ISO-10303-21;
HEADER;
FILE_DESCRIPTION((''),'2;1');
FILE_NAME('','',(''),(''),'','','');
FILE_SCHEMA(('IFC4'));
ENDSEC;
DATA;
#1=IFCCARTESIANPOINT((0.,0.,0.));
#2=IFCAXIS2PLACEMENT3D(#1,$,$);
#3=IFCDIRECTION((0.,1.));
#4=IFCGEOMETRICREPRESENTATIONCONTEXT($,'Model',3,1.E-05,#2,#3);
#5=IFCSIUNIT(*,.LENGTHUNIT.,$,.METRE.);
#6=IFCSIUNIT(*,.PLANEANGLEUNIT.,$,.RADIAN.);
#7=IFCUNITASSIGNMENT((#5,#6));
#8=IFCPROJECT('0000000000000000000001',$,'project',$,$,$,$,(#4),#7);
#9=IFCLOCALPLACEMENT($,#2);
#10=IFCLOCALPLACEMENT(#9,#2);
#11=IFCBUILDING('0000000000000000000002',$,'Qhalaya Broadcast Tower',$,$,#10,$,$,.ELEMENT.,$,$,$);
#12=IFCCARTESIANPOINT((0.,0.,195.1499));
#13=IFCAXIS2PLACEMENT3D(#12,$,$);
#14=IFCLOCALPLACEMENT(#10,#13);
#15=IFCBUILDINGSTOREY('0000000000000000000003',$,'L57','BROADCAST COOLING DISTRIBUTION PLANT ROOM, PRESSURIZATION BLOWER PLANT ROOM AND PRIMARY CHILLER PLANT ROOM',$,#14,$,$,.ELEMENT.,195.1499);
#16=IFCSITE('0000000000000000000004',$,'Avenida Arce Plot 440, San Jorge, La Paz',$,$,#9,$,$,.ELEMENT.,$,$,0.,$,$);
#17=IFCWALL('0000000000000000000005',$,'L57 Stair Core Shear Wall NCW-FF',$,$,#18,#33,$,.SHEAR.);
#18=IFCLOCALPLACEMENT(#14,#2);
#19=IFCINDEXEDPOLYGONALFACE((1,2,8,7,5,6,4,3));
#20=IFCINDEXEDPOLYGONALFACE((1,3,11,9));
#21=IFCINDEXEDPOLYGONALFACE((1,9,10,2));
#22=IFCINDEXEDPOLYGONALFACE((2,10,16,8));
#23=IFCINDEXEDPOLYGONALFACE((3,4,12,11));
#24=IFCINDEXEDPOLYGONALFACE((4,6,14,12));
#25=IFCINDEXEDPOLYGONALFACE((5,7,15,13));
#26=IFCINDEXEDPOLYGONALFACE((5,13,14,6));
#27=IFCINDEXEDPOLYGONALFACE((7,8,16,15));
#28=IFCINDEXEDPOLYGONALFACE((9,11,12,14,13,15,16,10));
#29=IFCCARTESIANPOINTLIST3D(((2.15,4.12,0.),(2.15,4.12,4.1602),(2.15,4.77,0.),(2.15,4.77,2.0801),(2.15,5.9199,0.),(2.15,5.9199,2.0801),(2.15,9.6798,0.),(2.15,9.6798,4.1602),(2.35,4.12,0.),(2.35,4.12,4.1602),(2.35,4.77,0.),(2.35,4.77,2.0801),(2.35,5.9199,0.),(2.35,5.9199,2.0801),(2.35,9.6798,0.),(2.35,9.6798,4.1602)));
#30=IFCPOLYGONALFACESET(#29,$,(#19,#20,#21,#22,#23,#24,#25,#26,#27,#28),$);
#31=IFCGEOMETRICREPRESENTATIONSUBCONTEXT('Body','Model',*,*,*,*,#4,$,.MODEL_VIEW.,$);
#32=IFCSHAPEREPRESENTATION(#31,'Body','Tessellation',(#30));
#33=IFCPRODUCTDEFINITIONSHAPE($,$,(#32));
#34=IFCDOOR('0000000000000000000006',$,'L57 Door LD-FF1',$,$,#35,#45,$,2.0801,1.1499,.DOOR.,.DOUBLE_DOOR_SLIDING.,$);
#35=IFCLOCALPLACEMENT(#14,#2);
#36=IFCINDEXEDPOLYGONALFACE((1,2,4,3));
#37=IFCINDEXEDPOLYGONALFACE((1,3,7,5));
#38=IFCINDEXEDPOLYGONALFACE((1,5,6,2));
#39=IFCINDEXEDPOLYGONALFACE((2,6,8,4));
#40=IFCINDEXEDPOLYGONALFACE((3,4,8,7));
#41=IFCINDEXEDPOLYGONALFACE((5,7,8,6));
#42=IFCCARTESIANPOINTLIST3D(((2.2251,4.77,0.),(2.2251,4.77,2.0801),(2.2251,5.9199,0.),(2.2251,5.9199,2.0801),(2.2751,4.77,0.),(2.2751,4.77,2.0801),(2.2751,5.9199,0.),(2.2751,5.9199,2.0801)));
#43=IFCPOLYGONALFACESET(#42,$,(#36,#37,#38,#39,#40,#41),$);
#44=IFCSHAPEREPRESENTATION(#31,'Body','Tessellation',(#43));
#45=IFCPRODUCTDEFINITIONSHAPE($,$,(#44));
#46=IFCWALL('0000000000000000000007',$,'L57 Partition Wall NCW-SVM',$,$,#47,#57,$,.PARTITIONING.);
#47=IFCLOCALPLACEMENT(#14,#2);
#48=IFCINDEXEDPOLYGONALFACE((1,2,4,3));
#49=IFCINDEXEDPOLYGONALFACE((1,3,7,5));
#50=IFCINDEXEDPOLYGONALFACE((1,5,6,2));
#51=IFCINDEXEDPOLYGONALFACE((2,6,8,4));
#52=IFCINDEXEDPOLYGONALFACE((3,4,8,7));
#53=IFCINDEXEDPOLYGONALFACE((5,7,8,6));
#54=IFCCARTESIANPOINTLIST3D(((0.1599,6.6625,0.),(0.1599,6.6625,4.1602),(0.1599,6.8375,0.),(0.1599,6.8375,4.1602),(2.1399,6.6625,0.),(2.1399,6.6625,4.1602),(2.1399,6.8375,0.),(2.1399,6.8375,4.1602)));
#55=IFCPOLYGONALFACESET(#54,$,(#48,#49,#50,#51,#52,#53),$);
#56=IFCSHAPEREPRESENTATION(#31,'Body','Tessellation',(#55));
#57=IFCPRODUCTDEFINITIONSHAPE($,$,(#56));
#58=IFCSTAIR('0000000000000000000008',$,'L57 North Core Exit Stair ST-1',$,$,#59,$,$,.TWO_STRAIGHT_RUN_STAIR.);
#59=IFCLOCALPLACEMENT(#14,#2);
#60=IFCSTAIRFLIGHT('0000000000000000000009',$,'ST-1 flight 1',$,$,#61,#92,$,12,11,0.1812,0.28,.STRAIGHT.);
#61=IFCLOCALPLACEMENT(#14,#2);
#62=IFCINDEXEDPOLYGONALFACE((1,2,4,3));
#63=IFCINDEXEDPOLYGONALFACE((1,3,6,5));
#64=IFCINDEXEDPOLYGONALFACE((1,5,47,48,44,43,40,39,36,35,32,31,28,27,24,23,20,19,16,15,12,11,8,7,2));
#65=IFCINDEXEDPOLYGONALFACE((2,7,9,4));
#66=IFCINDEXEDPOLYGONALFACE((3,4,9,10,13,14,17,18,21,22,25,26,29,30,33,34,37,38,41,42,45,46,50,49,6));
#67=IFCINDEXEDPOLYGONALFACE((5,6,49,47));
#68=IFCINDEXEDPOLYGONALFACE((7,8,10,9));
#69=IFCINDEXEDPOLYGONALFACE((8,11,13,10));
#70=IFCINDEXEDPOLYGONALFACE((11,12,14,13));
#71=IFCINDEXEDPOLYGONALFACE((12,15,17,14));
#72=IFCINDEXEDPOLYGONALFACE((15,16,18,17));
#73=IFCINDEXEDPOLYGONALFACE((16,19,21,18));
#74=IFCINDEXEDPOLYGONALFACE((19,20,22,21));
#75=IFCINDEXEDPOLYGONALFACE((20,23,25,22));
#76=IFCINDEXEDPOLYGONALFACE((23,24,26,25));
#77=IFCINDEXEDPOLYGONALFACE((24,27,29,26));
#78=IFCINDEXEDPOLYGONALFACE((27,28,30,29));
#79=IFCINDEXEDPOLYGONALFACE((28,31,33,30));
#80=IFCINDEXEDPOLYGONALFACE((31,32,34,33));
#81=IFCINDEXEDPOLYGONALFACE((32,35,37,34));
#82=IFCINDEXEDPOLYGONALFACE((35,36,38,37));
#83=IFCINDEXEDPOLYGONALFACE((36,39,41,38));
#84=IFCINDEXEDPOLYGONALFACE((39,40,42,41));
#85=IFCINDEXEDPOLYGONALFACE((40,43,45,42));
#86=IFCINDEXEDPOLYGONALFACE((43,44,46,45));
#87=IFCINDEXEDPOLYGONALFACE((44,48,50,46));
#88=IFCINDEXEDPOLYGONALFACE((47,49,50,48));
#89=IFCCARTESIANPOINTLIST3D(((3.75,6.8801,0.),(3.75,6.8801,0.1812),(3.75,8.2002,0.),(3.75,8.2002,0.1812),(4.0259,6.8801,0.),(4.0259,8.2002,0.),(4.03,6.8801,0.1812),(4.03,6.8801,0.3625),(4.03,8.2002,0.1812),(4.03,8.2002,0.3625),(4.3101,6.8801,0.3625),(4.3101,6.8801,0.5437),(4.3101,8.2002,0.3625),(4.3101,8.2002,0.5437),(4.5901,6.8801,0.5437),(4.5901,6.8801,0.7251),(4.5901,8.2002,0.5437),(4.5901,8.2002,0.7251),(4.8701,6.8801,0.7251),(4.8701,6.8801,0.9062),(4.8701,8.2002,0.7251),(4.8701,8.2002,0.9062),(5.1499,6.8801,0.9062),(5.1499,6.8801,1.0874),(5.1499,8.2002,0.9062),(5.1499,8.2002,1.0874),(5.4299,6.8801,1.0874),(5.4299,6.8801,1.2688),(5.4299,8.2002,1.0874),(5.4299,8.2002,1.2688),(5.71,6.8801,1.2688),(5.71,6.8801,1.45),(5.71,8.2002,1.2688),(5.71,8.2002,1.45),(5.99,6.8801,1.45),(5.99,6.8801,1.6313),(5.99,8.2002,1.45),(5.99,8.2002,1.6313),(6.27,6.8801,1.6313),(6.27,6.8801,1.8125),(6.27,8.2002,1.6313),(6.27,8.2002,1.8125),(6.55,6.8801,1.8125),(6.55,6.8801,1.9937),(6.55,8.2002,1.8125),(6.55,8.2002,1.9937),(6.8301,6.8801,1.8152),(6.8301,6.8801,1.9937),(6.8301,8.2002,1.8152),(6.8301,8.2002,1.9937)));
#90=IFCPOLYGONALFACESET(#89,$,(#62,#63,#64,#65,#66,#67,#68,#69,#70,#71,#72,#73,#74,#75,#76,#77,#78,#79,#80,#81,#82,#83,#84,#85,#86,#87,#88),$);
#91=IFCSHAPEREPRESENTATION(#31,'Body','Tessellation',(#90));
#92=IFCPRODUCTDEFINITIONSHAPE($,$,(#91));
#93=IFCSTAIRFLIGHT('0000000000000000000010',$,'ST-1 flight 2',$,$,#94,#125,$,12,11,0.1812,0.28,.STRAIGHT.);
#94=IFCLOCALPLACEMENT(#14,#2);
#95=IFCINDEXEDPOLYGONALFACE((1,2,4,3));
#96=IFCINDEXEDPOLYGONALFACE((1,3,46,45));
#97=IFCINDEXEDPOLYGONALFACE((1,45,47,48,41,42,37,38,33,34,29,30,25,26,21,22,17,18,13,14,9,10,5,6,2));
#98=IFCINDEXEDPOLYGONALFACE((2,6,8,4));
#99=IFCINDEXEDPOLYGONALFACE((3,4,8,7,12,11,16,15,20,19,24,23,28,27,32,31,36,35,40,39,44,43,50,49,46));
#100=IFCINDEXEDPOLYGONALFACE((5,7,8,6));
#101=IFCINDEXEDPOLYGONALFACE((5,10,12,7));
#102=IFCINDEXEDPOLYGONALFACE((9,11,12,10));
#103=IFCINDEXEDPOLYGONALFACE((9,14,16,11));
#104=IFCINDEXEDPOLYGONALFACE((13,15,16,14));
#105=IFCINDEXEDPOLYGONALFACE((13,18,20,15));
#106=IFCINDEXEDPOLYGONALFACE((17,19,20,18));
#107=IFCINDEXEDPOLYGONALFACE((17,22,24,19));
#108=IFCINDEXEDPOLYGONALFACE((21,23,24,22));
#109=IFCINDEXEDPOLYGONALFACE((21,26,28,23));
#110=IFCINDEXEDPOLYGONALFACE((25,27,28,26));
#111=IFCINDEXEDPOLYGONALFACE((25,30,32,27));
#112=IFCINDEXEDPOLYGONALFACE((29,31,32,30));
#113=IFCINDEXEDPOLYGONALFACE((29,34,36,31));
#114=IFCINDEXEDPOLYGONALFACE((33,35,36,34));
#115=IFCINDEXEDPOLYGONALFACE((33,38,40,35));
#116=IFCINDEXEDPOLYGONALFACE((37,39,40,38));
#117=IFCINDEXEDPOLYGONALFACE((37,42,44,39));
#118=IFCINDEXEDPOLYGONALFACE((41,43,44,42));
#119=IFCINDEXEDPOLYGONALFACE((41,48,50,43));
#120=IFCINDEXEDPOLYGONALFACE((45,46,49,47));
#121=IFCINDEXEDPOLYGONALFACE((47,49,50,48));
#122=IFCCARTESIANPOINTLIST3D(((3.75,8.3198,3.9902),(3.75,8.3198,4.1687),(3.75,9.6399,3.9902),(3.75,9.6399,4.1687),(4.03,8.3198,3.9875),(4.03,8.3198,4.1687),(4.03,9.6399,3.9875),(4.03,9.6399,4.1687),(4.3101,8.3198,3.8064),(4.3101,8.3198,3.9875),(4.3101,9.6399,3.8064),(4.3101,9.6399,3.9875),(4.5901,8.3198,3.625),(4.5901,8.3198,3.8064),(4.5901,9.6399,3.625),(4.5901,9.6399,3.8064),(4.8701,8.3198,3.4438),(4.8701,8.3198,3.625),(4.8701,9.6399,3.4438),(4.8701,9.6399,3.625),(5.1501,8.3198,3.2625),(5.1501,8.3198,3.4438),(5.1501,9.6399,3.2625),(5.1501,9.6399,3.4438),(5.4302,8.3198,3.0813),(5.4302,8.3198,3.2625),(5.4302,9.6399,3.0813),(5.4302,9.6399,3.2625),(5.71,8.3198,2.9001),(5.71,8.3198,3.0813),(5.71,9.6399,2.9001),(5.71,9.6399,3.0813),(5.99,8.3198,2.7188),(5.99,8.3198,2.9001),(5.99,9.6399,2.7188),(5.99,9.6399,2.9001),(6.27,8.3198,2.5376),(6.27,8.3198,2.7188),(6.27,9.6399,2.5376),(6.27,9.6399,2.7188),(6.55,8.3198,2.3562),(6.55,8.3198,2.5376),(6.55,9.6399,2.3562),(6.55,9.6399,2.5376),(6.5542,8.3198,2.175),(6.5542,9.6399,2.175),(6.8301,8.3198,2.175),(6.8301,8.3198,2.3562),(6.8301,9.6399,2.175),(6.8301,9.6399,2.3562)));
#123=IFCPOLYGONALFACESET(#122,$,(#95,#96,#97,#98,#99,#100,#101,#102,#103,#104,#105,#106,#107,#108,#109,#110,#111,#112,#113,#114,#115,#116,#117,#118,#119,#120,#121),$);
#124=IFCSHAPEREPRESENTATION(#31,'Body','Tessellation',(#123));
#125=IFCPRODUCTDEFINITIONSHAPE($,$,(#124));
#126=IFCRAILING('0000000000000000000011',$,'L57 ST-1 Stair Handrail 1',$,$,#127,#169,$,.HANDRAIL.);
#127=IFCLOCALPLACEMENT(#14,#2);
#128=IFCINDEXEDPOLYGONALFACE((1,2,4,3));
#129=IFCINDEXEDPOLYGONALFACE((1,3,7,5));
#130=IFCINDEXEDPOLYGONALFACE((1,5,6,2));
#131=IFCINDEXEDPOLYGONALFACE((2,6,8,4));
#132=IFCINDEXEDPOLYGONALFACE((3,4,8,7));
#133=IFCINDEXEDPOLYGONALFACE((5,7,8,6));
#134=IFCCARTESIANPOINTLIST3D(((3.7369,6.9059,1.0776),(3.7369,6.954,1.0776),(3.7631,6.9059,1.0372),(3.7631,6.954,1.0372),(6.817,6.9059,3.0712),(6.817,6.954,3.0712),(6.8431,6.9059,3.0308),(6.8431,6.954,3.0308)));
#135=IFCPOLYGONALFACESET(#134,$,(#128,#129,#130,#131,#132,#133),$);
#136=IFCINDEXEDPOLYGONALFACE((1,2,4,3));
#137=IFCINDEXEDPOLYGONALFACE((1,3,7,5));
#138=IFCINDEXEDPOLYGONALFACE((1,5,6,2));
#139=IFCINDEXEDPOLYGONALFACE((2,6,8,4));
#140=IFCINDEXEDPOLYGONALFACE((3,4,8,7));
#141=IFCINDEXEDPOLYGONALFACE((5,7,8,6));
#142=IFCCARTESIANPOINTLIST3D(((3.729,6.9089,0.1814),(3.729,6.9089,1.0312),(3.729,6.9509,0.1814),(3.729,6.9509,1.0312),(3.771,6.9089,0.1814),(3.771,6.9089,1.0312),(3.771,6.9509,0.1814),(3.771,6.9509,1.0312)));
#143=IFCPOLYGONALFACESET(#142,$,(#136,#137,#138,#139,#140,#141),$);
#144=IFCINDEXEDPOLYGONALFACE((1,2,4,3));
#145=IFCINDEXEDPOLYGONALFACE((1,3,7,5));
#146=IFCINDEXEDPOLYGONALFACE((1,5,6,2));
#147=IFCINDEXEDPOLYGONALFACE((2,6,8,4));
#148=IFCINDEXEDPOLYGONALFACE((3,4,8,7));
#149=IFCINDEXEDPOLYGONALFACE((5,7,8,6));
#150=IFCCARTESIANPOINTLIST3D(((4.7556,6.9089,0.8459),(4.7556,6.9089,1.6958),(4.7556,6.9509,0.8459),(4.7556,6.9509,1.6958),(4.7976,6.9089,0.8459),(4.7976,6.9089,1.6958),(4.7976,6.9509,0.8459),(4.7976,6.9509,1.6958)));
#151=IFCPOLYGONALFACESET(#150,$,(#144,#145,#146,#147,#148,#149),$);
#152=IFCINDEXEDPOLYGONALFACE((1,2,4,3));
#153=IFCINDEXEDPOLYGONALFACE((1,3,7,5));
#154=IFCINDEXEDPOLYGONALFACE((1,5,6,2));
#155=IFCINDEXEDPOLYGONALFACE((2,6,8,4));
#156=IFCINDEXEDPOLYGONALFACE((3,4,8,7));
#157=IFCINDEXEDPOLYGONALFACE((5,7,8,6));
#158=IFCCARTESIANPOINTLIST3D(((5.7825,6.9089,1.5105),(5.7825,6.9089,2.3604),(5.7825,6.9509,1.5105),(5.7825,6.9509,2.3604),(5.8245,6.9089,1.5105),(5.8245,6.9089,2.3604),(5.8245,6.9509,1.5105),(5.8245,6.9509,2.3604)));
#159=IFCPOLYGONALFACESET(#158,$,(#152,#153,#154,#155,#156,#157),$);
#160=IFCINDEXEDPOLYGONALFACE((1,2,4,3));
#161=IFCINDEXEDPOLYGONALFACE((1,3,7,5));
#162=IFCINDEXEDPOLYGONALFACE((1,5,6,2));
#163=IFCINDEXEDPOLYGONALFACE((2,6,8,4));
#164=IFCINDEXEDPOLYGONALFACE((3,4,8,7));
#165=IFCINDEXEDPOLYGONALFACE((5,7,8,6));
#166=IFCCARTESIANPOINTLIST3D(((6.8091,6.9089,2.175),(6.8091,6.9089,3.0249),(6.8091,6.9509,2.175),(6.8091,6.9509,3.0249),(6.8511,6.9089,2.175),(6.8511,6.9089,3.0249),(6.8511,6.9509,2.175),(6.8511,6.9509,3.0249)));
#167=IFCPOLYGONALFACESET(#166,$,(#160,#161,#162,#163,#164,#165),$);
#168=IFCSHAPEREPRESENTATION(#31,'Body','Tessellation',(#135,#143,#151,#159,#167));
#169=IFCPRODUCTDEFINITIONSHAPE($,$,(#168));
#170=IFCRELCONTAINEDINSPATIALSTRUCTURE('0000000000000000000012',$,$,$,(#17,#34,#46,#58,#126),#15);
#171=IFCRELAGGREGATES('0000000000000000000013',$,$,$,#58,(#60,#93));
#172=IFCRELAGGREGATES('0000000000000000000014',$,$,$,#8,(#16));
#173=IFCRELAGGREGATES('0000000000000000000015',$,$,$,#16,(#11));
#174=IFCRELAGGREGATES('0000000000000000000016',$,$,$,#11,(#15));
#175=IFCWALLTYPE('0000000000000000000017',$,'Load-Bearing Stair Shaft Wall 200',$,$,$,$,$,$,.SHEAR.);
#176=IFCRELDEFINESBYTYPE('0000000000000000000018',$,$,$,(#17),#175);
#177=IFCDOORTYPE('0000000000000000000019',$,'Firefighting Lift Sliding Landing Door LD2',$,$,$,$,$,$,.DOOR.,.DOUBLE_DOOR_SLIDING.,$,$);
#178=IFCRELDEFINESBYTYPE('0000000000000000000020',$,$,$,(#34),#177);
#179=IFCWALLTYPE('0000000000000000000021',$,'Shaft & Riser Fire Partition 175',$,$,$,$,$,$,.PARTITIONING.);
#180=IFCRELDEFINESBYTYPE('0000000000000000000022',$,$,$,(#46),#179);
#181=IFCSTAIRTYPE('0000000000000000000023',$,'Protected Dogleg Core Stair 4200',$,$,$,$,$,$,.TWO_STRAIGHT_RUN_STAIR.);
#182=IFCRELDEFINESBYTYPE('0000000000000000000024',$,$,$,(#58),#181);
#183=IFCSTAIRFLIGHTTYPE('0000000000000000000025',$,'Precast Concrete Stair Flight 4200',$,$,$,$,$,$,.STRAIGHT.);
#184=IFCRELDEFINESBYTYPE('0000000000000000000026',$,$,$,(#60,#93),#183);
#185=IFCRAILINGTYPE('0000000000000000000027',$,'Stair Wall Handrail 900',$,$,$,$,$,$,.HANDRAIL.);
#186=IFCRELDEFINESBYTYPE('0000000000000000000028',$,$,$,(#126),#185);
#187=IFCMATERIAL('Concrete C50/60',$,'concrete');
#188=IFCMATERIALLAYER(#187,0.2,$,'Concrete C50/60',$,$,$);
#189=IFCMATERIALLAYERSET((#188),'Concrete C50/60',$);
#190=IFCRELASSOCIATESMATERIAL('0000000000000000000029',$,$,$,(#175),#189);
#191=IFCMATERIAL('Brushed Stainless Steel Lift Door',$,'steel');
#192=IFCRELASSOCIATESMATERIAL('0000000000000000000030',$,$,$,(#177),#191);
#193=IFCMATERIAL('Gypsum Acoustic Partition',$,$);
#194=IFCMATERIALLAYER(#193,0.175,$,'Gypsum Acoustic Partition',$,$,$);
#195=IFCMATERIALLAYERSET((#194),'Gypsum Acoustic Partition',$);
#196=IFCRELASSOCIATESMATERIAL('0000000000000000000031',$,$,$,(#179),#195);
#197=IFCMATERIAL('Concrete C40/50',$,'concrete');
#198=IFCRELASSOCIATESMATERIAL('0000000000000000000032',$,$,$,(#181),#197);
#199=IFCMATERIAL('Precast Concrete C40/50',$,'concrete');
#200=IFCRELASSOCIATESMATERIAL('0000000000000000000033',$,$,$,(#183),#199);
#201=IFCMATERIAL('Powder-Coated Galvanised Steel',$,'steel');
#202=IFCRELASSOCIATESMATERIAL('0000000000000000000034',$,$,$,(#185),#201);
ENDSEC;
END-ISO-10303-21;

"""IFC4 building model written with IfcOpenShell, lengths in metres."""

from ifc_helpers import new_model, si_unit, direction, frame, frame_2d, origin, origin_2d, place, context, subcontext, project, spatial, polyline, rectangle, outline, extrude, material, layer, layer_set, type_object, element, fill, aggregate, save


model = new_model("IFC4")

# Units and contexts
model_context = context("Model", 3, precision=1e-05, world=origin(), true_north=direction((0.0, 1.0)))
body_context = subcontext(model_context, "Body", "Model", "MODEL_VIEW")
ifc_project = project(units=[si_unit("LENGTHUNIT", "METRE"), si_unit("PLANEANGLEUNIT", "RADIAN")], contexts=[model_context])

# Site, building, storey
site_placement = place(None, origin())
site = spatial("IfcSite", under=ifc_project, at=site_placement, Name="Avenida Arce Plot 440, San Jorge, La Paz", CompositionType="ELEMENT", RefElevation=0.0)
building_placement = place(site_placement, origin())
building = spatial("IfcBuilding", under=site, at=building_placement, Name="Qhalaya Broadcast Tower", CompositionType="ELEMENT")
storey_placement = place(building_placement, frame((0.0, 0.0, 195.1499)))
storey = spatial("IfcBuildingStorey", under=building, at=storey_placement, Name="L57", Description="BROADCAST COOLING DISTRIBUTION PLANT ROOM, PRESSURIZATION BLOWER PLANT ROOM AND PRIMARY CHILLER PLANT ROOM", CompositionType="ELEMENT", Elevation=195.1499)

# Shared definitions
ifc_material_1 = material(Name="Concrete C50/60", Category="concrete")

# Wall, opening, door
ifc_layer_1 = layer(ifc_material_1, 0.2, Name="Concrete C50/60")
ifc_layer_set_1 = layer_set([ifc_layer_1], Name="Concrete C50/60")
wall_type_1 = type_object("IfcWallType", Name="Load-Bearing Stair Shaft Wall 200", PredefinedType="SHEAR", material=ifc_layer_set_1)
wall_1_placement = place(storey_placement, frame((2.25, 4.1201, 0.0), z_axis=(0.0, 0.0, 1.0), x_axis=(0.0, 1.0, 0.0)))
wall_1 = element("IfcWall", 1, at=wall_1_placement, inside=storey, type_object=wall_type_1, Name="L57 Stair Core Shear Wall NCW-FF", PredefinedType="SHEAR", context=body_context, shape_type="SweptSolid", body=[
    extrude(rectangle(XDim=5.5598, YDim=0.2, at=frame_2d((2.7798, 0.0))), origin(), (0.0, 0.0, 1.0), 4.1602),
])
opening_1_placement = place(wall_1_placement, frame((0.6499, 0.0, 0.0)))
opening_1 = element("IfcOpeningElement", 2, at=opening_1_placement, cuts=wall_1, PredefinedType="OPENING", context=body_context, shape_type="SweptSolid", body=[
    extrude(rectangle(XDim=1.1499, YDim=2.0801, at=frame_2d((0.575, 1.04))), frame((0.0, 0.1121, 0.0), z_axis=(0.0, -1.0, 0.0), x_axis=(1.0, 0.0, 0.0)), (0.0, 0.0, 1.0), 0.2239),
])
ifc_material_2 = material(Name="Brushed Stainless Steel Lift Door", Category="steel")
door_type_1 = type_object("IfcDoorType", Name="Firefighting Lift Sliding Landing Door LD2", OperationType="DOUBLE_DOOR_SLIDING", PredefinedType="DOOR", material=ifc_material_2)
door_1_placement = place(opening_1_placement, origin())
door_1 = element("IfcDoor", 3, at=door_1_placement, inside=storey, type_object=door_type_1, Name="L57 Door LD-FF1", OperationType="DOUBLE_DOOR_SLIDING", OverallHeight=2.0801, OverallWidth=1.1499, PredefinedType="DOOR", context=body_context, shape_type="SweptSolid", body=[
    extrude(rectangle(XDim=1.1499, YDim=2.0801, at=frame_2d((0.575, 1.04))), frame((0.0, 0.0249, 0.0), z_axis=(0.0, -1.0, 0.0), x_axis=(1.0, 0.0, 0.0)), (0.0, 0.0, 1.0), 0.05),
])
fill(opening_1, door_1)
ifc_material_3 = material(Name="Gypsum Acoustic Partition")
ifc_layer_2 = layer(ifc_material_3, 0.175, Name="Gypsum Acoustic Partition")
ifc_layer_set_2 = layer_set([ifc_layer_2], Name="Gypsum Acoustic Partition")
wall_type_2 = type_object("IfcWallType", Name="Shaft & Riser Fire Partition 175", PredefinedType="PARTITIONING", material=ifc_layer_set_2)

# Wall
wall_2_placement = place(storey_placement, frame((0.1599, 6.75, 0.0), z_axis=(0.0, 0.0, 1.0), x_axis=(1.0, 0.0, 0.0)))
element("IfcWall", 4, at=wall_2_placement, inside=storey, type_object=wall_type_2, Name="L57 Partition Wall NCW-SVM", PredefinedType="PARTITIONING", context=body_context, shape_type="SweptSolid", body=[
    extrude(rectangle(XDim=1.98, YDim=0.175, at=frame_2d((0.99, 0.0))), origin(), (0.0, 0.0, 1.0), 4.1602),
])

# Stair, stair flights
ifc_material_4 = material(Name="Concrete C40/50", Category="concrete")
stair_type = type_object("IfcStairType", Name="Protected Dogleg Core Stair 4200", PredefinedType="TWO_STRAIGHT_RUN_STAIR", material=ifc_material_4)
stair_placement = place(storey_placement, origin())
stair = element("IfcStair", 5, at=stair_placement, inside=storey, type_object=stair_type, Name="L57 North Core Exit Stair ST-1", PredefinedType="TWO_STRAIGHT_RUN_STAIR")
ifc_material_5 = material(Name="Precast Concrete C40/50", Category="concrete")
stair_flight_type = type_object("IfcStairFlightType", Name="Precast Concrete Stair Flight 4200", PredefinedType="STRAIGHT", material=ifc_material_5)
stair_flight_1_placement = place(storey_placement, frame((3.75, 7.54, 0.0), z_axis=(0.0, 0.0, 1.0), x_axis=(1.0, 0.0, 0.0)))
stair_flight_1 = element("IfcStairFlight", 6, at=stair_flight_1_placement, type_object=stair_flight_type, Name="ST-1 flight 1", NumberOfRisers=12, NumberOfTreads=11, PredefinedType="STRAIGHT", RiserHeight=0.1812, TreadLength=0.28, context=body_context, shape_type="SweptSolid", body=[
    extrude(outline(polyline([(0.0, 0.0), (0.0, 0.1812), (0.28, 0.1812), (0.28, 0.3625), (0.5601, 0.3625), (0.5601, 0.5437), (0.8401, 0.5437), (0.8401, 0.7251), (1.1201, 0.7251), (1.1201, 0.9062), (1.3999, 0.9062), (1.3999, 1.0874), (1.6799, 1.0874), (1.6799, 1.2688), (1.96, 1.2688), (1.96, 1.45), (2.24, 1.45), (2.24, 1.6313), (2.52, 1.6313), (2.52, 1.8125), (2.8, 1.8125), (2.8, 1.9937), (3.0801, 1.9937), (3.0801, 2.175), (3.0801, 1.8152), (0.2759, 0.0), (0.0, 0.0)])), frame((0.0, 0.6602, 0.0), z_axis=(0.0, -1.0, 0.0), x_axis=(1.0, 0.0, 0.0)), (0.0, 0.0, 1.0), 1.3201),
])
stair_flight_2_placement = place(storey_placement, frame((6.8301, 8.98, 2.175), z_axis=(0.0, 0.0, 1.0), x_axis=(-1.0, 0.0, 0.0)))
stair_flight_2 = element("IfcStairFlight", 7, at=stair_flight_2_placement, type_object=stair_flight_type, Name="ST-1 flight 2", NumberOfRisers=12, NumberOfTreads=11, PredefinedType="STRAIGHT", RiserHeight=0.1812, TreadLength=0.28, context=body_context, shape_type="SweptSolid", body=[
    extrude(outline(polyline([(0.0, 0.0), (0.0, 0.1812), (0.28, 0.1812), (0.28, 0.3625), (0.5601, 0.3625), (0.5601, 0.5437), (0.8401, 0.5437), (0.8401, 0.7251), (1.1201, 0.7251), (1.1201, 0.9062), (1.3999, 0.9062), (1.3999, 1.0874), (1.6799, 1.0874), (1.6799, 1.2688), (1.96, 1.2688), (1.96, 1.45), (2.24, 1.45), (2.24, 1.6313), (2.52, 1.6313), (2.52, 1.8125), (2.8, 1.8125), (2.8, 1.9937), (3.0801, 1.9937), (3.0801, 2.175), (3.0801, 1.8152), (0.2759, 0.0), (0.0, 0.0)])), frame((0.0, 0.6602, 0.0), z_axis=(0.0, -1.0, 0.0), x_axis=(1.0, 0.0, 0.0)), (0.0, 0.0, 1.0), 1.3201),
])
aggregate(stair, [stair_flight_1, stair_flight_2])

# Railing
ifc_material_6 = material(Name="Powder-Coated Galvanised Steel", Category="steel")
railing_type_1 = type_object("IfcRailingType", Name="Stair Wall Handrail 900", PredefinedType="HANDRAIL", material=ifc_material_6)
railing_1_placement = place(storey_placement, frame((3.75, 6.9299, 0.1814)))
element("IfcRailing", 8, at=railing_1_placement, inside=storey, type_object=railing_type_1, Name="L57 ST-1 Stair Handrail 1", PredefinedType="HANDRAIL", context=body_context, shape_type="SweptSolid", body=[
    extrude(rectangle(XDim=0.0481, YDim=0.0481, at=origin_2d()), frame((0.0, 0.0, 0.876), z_axis=(0.839488, 0.0, 0.543378), x_axis=(0.0, 1.0, 0.0)), (0.0, 0.0, 1.0), 3.6689),
    extrude(rectangle(XDim=0.042, YDim=0.042, at=origin_2d()), origin(), (0.0, 0.0, 1.0), 0.8499),
    extrude(rectangle(XDim=0.042, YDim=0.042, at=origin_2d()), frame((1.0266, 0.0, 0.6646)), (0.0, 0.0, 1.0), 0.8499),
    extrude(rectangle(XDim=0.042, YDim=0.042, at=origin_2d()), frame((2.0535, 0.0, 1.3291)), (0.0, 0.0, 1.0), 0.8499),
    extrude(rectangle(XDim=0.042, YDim=0.042, at=origin_2d()), frame((3.0801, 0.0, 1.9937)), (0.0, 0.0, 1.0), 0.8499),
])

save(model, "model.ifc")
